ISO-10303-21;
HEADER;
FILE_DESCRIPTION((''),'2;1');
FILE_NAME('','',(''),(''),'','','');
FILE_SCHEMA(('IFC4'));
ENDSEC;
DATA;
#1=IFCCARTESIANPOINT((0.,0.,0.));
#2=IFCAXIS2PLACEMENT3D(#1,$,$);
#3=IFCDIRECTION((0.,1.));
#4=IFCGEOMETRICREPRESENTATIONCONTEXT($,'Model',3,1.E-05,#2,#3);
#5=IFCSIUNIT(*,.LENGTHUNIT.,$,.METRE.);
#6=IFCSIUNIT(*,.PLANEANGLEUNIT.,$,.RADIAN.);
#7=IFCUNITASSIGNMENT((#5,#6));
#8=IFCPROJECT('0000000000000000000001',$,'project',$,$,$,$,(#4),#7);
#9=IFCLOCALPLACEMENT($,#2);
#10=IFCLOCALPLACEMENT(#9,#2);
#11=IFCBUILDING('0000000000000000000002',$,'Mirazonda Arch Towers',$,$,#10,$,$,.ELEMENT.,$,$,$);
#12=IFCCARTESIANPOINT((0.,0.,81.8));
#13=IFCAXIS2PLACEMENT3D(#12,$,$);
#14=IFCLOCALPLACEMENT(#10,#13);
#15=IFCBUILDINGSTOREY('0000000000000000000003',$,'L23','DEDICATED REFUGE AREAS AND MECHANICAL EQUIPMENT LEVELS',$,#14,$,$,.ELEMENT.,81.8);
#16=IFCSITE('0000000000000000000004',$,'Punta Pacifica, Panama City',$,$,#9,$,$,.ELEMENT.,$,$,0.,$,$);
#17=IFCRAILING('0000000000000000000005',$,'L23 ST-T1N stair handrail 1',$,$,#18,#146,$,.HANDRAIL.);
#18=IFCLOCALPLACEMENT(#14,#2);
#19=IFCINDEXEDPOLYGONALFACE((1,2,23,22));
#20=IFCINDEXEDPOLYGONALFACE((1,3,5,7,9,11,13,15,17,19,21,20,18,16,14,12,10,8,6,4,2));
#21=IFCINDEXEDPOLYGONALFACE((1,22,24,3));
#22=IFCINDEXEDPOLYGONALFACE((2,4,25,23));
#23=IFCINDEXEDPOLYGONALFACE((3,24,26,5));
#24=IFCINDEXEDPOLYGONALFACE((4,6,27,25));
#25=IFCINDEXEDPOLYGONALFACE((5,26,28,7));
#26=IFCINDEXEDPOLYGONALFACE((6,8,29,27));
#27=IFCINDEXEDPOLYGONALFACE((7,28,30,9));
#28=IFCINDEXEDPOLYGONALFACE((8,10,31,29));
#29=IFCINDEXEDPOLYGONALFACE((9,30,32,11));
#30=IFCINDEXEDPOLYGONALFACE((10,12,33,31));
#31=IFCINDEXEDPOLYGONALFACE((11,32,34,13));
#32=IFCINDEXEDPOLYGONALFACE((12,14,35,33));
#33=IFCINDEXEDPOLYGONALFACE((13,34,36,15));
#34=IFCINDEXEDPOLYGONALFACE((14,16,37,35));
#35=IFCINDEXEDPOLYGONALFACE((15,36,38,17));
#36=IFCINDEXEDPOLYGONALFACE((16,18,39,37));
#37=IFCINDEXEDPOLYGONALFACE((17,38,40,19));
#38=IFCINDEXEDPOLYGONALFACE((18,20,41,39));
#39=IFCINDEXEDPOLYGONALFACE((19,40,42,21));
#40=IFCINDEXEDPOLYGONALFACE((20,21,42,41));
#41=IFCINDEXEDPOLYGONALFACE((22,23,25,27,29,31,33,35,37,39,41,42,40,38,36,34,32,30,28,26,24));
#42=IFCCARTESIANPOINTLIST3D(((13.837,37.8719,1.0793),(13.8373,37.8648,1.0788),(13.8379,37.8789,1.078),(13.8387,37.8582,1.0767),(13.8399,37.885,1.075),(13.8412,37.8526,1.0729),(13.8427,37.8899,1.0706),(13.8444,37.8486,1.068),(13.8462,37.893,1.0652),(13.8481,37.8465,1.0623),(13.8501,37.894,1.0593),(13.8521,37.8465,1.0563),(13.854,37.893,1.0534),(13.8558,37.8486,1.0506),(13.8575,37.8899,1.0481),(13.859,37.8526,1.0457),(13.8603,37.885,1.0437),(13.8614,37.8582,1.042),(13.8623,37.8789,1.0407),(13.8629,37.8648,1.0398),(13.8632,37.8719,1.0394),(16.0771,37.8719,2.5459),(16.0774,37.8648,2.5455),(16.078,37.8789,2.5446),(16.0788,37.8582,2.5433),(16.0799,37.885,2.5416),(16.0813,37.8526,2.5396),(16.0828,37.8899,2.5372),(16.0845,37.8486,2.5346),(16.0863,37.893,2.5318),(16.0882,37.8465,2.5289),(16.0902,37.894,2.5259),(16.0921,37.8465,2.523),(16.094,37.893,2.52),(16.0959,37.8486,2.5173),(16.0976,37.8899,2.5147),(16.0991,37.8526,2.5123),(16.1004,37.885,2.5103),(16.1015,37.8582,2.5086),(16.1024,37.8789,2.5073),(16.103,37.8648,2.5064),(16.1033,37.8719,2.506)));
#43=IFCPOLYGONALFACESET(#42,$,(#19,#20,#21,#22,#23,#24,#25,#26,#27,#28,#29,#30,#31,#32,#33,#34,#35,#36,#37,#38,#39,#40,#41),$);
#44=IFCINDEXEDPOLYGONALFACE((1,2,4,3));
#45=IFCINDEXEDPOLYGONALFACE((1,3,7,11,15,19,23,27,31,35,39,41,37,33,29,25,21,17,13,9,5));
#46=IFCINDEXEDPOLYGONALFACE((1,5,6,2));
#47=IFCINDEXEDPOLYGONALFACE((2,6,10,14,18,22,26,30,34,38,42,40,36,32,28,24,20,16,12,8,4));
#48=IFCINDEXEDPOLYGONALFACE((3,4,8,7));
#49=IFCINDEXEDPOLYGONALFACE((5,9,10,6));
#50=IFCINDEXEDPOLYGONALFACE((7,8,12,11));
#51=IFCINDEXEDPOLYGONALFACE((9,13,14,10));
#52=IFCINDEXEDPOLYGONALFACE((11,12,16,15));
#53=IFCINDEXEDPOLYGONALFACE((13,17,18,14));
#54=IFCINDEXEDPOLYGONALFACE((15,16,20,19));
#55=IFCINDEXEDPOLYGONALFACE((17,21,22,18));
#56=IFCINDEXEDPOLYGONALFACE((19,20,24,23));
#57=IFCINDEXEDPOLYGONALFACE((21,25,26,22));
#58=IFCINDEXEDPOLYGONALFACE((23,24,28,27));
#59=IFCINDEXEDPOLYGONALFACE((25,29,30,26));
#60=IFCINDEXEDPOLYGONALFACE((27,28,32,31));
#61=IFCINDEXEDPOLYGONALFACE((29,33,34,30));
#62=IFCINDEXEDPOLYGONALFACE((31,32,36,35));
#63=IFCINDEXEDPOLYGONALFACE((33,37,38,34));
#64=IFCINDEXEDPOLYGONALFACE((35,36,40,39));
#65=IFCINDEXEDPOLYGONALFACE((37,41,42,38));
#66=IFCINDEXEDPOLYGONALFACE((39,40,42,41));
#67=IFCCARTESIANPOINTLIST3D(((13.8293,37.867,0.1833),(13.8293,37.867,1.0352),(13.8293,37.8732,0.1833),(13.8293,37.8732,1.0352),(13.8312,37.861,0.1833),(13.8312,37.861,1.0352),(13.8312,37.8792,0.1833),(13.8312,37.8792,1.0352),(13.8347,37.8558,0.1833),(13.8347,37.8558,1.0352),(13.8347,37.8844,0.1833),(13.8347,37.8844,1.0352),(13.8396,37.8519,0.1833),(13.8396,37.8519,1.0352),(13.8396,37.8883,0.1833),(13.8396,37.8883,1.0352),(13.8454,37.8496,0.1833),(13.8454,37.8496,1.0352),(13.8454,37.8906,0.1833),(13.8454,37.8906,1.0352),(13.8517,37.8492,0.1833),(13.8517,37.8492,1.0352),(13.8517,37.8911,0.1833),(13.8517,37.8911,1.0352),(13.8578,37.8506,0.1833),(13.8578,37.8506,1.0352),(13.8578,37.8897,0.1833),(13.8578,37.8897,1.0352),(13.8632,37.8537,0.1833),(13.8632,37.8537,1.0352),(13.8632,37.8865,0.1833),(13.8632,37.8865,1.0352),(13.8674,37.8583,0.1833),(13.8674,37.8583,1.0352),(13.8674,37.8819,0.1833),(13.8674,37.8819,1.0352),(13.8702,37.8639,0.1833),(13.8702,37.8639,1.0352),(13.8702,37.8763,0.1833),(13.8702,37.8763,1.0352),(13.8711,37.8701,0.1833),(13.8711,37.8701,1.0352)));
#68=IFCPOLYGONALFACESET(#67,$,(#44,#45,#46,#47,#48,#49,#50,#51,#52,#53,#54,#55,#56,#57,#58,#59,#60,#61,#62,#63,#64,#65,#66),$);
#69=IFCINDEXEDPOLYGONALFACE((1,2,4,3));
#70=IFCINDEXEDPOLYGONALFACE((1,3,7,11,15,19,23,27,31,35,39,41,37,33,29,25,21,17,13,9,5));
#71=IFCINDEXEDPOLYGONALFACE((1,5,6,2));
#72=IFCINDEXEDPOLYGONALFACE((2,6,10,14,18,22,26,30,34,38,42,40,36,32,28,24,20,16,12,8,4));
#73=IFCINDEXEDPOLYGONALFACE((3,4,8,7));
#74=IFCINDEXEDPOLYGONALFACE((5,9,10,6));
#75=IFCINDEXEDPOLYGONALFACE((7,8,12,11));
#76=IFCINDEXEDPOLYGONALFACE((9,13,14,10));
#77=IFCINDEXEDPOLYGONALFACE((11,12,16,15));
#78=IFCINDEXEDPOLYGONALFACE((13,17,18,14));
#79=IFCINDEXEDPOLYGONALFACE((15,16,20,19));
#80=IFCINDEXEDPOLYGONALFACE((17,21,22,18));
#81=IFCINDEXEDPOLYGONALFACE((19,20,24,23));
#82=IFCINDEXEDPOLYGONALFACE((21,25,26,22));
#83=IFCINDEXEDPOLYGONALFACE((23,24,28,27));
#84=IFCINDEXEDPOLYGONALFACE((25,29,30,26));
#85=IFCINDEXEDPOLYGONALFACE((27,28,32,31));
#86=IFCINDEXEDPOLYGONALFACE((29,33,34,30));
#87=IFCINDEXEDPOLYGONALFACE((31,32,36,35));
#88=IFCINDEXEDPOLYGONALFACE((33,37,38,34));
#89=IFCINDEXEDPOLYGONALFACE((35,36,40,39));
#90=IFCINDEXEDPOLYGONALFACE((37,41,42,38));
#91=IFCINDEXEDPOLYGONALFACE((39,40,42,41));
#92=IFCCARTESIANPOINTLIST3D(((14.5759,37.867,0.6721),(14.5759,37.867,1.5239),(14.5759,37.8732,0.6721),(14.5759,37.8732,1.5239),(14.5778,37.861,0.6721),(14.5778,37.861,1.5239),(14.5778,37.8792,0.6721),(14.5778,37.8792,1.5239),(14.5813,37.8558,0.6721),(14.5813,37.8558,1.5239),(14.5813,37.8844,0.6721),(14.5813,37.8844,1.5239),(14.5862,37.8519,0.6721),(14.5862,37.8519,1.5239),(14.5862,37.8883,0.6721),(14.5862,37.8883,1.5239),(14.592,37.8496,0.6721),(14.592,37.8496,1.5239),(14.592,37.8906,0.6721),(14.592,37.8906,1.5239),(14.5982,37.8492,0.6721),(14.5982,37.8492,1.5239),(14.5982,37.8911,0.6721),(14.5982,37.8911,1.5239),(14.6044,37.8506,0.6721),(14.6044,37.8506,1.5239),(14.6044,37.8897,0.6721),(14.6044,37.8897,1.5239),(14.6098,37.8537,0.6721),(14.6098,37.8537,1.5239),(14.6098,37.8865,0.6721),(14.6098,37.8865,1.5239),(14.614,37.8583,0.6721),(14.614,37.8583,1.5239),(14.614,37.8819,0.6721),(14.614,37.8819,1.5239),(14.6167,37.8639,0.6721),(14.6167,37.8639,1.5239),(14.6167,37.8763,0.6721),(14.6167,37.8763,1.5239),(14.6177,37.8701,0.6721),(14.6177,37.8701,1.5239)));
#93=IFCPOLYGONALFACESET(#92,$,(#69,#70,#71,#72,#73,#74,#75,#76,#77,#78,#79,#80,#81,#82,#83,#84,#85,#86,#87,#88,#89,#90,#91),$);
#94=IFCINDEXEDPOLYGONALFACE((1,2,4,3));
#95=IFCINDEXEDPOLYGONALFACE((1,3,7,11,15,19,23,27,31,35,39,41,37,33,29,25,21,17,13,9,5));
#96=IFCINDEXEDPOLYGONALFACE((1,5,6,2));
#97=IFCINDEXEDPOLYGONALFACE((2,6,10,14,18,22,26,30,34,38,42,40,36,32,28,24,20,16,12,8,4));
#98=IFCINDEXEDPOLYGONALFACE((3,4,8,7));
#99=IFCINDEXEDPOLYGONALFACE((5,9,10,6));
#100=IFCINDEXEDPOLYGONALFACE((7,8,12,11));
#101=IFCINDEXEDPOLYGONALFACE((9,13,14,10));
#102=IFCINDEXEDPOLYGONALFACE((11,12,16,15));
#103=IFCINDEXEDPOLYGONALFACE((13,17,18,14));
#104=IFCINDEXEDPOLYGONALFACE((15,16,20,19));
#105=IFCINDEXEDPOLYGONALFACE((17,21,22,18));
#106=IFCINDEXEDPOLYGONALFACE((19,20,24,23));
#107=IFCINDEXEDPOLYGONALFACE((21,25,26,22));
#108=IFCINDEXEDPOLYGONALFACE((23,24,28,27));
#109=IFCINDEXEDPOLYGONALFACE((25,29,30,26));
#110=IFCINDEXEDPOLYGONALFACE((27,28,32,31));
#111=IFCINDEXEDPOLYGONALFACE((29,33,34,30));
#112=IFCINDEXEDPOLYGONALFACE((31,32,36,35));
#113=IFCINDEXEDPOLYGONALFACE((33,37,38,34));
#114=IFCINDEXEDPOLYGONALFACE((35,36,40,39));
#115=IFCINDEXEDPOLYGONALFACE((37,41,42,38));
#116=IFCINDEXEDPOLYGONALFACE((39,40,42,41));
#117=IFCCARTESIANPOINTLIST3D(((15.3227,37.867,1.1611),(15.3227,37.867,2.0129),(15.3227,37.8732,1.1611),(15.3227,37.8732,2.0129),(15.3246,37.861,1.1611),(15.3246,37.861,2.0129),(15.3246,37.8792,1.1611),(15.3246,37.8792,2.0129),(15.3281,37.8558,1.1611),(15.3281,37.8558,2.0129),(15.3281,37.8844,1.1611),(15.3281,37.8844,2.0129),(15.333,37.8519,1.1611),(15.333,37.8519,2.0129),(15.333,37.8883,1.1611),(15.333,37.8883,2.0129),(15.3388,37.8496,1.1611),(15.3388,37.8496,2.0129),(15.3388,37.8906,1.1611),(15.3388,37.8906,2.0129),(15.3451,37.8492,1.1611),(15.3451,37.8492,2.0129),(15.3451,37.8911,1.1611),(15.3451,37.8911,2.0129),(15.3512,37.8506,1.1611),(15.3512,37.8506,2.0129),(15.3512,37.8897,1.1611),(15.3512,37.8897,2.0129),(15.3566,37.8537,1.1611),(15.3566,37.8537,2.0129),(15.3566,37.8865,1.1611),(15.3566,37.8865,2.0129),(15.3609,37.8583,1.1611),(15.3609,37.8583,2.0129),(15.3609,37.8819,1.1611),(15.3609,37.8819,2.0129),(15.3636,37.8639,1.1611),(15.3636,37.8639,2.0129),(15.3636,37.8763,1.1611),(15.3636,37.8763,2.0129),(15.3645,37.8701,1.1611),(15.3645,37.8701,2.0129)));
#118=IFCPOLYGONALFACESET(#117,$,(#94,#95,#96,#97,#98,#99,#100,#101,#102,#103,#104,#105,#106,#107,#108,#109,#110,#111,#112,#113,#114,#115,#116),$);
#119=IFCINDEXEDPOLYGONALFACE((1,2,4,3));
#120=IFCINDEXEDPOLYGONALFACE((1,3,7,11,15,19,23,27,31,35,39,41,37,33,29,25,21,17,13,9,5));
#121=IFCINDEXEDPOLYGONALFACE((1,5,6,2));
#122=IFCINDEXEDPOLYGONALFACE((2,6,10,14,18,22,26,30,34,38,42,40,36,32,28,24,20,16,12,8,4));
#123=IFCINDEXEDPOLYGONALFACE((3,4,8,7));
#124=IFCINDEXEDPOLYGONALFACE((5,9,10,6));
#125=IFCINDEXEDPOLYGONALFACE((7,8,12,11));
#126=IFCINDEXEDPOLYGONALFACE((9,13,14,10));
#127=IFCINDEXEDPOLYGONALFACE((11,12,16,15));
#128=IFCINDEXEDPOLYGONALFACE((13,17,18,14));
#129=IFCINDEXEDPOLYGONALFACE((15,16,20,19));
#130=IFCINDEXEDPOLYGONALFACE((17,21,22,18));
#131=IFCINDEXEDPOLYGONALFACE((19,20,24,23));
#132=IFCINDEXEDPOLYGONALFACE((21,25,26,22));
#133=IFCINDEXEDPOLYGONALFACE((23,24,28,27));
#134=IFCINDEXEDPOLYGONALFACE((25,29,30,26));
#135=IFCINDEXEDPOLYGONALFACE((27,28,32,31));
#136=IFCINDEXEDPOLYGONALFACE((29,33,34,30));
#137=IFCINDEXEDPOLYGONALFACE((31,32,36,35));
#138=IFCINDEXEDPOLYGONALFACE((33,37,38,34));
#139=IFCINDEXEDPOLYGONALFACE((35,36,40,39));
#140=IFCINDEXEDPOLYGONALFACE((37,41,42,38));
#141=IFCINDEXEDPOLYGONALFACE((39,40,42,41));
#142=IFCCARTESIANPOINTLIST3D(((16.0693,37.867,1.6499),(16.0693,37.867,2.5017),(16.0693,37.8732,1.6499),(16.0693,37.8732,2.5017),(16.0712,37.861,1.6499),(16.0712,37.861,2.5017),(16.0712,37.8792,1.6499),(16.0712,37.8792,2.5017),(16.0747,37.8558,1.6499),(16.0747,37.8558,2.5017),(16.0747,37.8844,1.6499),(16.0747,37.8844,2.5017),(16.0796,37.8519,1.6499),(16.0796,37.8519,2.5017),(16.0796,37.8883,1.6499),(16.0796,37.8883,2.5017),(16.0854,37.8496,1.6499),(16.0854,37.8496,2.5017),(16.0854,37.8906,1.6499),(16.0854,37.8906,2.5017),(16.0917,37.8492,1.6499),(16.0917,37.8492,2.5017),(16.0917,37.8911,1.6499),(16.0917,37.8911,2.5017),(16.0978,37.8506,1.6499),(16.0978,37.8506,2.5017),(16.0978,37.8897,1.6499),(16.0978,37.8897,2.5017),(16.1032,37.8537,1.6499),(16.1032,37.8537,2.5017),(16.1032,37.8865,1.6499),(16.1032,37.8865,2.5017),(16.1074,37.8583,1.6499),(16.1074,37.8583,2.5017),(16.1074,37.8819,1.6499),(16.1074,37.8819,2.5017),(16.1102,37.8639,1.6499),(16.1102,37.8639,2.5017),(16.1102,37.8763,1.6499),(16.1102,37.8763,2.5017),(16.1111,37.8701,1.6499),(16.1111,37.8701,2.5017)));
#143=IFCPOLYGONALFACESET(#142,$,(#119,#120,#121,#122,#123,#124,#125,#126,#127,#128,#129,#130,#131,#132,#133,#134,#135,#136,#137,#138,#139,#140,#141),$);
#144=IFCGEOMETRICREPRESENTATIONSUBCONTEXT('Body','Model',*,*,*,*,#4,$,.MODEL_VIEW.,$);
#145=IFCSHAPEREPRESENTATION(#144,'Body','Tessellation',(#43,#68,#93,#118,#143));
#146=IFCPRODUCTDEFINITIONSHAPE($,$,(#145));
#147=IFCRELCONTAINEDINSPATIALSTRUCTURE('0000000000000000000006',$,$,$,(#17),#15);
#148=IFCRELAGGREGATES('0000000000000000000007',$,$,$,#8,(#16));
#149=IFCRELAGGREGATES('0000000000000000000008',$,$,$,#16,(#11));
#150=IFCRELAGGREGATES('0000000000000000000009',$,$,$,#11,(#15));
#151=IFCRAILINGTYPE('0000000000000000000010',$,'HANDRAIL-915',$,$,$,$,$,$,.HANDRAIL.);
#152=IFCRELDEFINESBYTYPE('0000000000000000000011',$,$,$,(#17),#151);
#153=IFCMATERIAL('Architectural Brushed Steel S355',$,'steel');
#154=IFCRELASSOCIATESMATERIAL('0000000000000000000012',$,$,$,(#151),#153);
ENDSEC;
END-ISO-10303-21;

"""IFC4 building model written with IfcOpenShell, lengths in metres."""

from ifc_helpers import new_model, si_unit, direction, frame, origin, origin_2d, place, context, subcontext, project, spatial, circle, extrude, material, type_object, element, save


model = new_model("IFC4")

# Units and contexts
model_context = context("Model", 3, precision=1e-05, world=origin(), true_north=direction((0.0, 1.0)))
body_context = subcontext(model_context, "Body", "Model", "MODEL_VIEW")
ifc_project = project(units=[si_unit("LENGTHUNIT", "METRE"), si_unit("PLANEANGLEUNIT", "RADIAN")], contexts=[model_context])

# Site, building, storey
site_placement = place(None, origin())
site = spatial("IfcSite", under=ifc_project, at=site_placement, Name="Punta Pacifica, Panama City", CompositionType="ELEMENT", RefElevation=0.0)
building_placement = place(site_placement, origin())
building = spatial("IfcBuilding", under=site, at=building_placement, Name="Mirazonda Arch Towers", CompositionType="ELEMENT")
storey_placement = place(building_placement, frame((0.0, 0.0, 81.8)))
storey = spatial("IfcBuildingStorey", under=building, at=storey_placement, Name="L23", Description="DEDICATED REFUGE AREAS AND MECHANICAL EQUIPMENT LEVELS", CompositionType="ELEMENT", Elevation=81.8)

# Railing
ifc_material_1 = material(Name="Architectural Brushed Steel S355", Category="steel")
railing_type_1 = type_object("IfcRailingType", Name="HANDRAIL-915", PredefinedType="HANDRAIL", material=ifc_material_1)
for number, where, name in (
    (1, (13.8501, 37.8701, 0.1833), "L23 ST-T1N stair handrail 1"),
):
    element("IfcRailing", number, at=place(storey_placement, frame(where)), inside=storey, type_object=railing_type_1, Name=name, PredefinedType="HANDRAIL", context=body_context, shape_type="SweptSolid", body=[
        extrude(circle(Radius=0.0239, at=origin_2d()), frame((0.0, 0.0, 0.876), z_axis=(0.836637, 0.0, 0.547758), x_axis=(0.0, 1.0, 0.0)), (0.0, 0.0, 1.0), 2.6775),
        extrude(circle(Radius=0.021, at=origin_2d()), origin(), (0.0, 0.0, 1.0), 0.8518),
        extrude(circle(Radius=0.021, at=origin_2d()), frame((0.7466, 0.0, 0.4888)), (0.0, 0.0, 1.0), 0.8518),
        extrude(circle(Radius=0.021, at=origin_2d()), frame((1.4934, 0.0, 0.9778)), (0.0, 0.0, 1.0), 0.8518),
        extrude(circle(Radius=0.021, at=origin_2d()), frame((2.24, 0.0, 1.4666)), (0.0, 0.0, 1.0), 0.8518),
    ])

save(model, "model.ifc")
